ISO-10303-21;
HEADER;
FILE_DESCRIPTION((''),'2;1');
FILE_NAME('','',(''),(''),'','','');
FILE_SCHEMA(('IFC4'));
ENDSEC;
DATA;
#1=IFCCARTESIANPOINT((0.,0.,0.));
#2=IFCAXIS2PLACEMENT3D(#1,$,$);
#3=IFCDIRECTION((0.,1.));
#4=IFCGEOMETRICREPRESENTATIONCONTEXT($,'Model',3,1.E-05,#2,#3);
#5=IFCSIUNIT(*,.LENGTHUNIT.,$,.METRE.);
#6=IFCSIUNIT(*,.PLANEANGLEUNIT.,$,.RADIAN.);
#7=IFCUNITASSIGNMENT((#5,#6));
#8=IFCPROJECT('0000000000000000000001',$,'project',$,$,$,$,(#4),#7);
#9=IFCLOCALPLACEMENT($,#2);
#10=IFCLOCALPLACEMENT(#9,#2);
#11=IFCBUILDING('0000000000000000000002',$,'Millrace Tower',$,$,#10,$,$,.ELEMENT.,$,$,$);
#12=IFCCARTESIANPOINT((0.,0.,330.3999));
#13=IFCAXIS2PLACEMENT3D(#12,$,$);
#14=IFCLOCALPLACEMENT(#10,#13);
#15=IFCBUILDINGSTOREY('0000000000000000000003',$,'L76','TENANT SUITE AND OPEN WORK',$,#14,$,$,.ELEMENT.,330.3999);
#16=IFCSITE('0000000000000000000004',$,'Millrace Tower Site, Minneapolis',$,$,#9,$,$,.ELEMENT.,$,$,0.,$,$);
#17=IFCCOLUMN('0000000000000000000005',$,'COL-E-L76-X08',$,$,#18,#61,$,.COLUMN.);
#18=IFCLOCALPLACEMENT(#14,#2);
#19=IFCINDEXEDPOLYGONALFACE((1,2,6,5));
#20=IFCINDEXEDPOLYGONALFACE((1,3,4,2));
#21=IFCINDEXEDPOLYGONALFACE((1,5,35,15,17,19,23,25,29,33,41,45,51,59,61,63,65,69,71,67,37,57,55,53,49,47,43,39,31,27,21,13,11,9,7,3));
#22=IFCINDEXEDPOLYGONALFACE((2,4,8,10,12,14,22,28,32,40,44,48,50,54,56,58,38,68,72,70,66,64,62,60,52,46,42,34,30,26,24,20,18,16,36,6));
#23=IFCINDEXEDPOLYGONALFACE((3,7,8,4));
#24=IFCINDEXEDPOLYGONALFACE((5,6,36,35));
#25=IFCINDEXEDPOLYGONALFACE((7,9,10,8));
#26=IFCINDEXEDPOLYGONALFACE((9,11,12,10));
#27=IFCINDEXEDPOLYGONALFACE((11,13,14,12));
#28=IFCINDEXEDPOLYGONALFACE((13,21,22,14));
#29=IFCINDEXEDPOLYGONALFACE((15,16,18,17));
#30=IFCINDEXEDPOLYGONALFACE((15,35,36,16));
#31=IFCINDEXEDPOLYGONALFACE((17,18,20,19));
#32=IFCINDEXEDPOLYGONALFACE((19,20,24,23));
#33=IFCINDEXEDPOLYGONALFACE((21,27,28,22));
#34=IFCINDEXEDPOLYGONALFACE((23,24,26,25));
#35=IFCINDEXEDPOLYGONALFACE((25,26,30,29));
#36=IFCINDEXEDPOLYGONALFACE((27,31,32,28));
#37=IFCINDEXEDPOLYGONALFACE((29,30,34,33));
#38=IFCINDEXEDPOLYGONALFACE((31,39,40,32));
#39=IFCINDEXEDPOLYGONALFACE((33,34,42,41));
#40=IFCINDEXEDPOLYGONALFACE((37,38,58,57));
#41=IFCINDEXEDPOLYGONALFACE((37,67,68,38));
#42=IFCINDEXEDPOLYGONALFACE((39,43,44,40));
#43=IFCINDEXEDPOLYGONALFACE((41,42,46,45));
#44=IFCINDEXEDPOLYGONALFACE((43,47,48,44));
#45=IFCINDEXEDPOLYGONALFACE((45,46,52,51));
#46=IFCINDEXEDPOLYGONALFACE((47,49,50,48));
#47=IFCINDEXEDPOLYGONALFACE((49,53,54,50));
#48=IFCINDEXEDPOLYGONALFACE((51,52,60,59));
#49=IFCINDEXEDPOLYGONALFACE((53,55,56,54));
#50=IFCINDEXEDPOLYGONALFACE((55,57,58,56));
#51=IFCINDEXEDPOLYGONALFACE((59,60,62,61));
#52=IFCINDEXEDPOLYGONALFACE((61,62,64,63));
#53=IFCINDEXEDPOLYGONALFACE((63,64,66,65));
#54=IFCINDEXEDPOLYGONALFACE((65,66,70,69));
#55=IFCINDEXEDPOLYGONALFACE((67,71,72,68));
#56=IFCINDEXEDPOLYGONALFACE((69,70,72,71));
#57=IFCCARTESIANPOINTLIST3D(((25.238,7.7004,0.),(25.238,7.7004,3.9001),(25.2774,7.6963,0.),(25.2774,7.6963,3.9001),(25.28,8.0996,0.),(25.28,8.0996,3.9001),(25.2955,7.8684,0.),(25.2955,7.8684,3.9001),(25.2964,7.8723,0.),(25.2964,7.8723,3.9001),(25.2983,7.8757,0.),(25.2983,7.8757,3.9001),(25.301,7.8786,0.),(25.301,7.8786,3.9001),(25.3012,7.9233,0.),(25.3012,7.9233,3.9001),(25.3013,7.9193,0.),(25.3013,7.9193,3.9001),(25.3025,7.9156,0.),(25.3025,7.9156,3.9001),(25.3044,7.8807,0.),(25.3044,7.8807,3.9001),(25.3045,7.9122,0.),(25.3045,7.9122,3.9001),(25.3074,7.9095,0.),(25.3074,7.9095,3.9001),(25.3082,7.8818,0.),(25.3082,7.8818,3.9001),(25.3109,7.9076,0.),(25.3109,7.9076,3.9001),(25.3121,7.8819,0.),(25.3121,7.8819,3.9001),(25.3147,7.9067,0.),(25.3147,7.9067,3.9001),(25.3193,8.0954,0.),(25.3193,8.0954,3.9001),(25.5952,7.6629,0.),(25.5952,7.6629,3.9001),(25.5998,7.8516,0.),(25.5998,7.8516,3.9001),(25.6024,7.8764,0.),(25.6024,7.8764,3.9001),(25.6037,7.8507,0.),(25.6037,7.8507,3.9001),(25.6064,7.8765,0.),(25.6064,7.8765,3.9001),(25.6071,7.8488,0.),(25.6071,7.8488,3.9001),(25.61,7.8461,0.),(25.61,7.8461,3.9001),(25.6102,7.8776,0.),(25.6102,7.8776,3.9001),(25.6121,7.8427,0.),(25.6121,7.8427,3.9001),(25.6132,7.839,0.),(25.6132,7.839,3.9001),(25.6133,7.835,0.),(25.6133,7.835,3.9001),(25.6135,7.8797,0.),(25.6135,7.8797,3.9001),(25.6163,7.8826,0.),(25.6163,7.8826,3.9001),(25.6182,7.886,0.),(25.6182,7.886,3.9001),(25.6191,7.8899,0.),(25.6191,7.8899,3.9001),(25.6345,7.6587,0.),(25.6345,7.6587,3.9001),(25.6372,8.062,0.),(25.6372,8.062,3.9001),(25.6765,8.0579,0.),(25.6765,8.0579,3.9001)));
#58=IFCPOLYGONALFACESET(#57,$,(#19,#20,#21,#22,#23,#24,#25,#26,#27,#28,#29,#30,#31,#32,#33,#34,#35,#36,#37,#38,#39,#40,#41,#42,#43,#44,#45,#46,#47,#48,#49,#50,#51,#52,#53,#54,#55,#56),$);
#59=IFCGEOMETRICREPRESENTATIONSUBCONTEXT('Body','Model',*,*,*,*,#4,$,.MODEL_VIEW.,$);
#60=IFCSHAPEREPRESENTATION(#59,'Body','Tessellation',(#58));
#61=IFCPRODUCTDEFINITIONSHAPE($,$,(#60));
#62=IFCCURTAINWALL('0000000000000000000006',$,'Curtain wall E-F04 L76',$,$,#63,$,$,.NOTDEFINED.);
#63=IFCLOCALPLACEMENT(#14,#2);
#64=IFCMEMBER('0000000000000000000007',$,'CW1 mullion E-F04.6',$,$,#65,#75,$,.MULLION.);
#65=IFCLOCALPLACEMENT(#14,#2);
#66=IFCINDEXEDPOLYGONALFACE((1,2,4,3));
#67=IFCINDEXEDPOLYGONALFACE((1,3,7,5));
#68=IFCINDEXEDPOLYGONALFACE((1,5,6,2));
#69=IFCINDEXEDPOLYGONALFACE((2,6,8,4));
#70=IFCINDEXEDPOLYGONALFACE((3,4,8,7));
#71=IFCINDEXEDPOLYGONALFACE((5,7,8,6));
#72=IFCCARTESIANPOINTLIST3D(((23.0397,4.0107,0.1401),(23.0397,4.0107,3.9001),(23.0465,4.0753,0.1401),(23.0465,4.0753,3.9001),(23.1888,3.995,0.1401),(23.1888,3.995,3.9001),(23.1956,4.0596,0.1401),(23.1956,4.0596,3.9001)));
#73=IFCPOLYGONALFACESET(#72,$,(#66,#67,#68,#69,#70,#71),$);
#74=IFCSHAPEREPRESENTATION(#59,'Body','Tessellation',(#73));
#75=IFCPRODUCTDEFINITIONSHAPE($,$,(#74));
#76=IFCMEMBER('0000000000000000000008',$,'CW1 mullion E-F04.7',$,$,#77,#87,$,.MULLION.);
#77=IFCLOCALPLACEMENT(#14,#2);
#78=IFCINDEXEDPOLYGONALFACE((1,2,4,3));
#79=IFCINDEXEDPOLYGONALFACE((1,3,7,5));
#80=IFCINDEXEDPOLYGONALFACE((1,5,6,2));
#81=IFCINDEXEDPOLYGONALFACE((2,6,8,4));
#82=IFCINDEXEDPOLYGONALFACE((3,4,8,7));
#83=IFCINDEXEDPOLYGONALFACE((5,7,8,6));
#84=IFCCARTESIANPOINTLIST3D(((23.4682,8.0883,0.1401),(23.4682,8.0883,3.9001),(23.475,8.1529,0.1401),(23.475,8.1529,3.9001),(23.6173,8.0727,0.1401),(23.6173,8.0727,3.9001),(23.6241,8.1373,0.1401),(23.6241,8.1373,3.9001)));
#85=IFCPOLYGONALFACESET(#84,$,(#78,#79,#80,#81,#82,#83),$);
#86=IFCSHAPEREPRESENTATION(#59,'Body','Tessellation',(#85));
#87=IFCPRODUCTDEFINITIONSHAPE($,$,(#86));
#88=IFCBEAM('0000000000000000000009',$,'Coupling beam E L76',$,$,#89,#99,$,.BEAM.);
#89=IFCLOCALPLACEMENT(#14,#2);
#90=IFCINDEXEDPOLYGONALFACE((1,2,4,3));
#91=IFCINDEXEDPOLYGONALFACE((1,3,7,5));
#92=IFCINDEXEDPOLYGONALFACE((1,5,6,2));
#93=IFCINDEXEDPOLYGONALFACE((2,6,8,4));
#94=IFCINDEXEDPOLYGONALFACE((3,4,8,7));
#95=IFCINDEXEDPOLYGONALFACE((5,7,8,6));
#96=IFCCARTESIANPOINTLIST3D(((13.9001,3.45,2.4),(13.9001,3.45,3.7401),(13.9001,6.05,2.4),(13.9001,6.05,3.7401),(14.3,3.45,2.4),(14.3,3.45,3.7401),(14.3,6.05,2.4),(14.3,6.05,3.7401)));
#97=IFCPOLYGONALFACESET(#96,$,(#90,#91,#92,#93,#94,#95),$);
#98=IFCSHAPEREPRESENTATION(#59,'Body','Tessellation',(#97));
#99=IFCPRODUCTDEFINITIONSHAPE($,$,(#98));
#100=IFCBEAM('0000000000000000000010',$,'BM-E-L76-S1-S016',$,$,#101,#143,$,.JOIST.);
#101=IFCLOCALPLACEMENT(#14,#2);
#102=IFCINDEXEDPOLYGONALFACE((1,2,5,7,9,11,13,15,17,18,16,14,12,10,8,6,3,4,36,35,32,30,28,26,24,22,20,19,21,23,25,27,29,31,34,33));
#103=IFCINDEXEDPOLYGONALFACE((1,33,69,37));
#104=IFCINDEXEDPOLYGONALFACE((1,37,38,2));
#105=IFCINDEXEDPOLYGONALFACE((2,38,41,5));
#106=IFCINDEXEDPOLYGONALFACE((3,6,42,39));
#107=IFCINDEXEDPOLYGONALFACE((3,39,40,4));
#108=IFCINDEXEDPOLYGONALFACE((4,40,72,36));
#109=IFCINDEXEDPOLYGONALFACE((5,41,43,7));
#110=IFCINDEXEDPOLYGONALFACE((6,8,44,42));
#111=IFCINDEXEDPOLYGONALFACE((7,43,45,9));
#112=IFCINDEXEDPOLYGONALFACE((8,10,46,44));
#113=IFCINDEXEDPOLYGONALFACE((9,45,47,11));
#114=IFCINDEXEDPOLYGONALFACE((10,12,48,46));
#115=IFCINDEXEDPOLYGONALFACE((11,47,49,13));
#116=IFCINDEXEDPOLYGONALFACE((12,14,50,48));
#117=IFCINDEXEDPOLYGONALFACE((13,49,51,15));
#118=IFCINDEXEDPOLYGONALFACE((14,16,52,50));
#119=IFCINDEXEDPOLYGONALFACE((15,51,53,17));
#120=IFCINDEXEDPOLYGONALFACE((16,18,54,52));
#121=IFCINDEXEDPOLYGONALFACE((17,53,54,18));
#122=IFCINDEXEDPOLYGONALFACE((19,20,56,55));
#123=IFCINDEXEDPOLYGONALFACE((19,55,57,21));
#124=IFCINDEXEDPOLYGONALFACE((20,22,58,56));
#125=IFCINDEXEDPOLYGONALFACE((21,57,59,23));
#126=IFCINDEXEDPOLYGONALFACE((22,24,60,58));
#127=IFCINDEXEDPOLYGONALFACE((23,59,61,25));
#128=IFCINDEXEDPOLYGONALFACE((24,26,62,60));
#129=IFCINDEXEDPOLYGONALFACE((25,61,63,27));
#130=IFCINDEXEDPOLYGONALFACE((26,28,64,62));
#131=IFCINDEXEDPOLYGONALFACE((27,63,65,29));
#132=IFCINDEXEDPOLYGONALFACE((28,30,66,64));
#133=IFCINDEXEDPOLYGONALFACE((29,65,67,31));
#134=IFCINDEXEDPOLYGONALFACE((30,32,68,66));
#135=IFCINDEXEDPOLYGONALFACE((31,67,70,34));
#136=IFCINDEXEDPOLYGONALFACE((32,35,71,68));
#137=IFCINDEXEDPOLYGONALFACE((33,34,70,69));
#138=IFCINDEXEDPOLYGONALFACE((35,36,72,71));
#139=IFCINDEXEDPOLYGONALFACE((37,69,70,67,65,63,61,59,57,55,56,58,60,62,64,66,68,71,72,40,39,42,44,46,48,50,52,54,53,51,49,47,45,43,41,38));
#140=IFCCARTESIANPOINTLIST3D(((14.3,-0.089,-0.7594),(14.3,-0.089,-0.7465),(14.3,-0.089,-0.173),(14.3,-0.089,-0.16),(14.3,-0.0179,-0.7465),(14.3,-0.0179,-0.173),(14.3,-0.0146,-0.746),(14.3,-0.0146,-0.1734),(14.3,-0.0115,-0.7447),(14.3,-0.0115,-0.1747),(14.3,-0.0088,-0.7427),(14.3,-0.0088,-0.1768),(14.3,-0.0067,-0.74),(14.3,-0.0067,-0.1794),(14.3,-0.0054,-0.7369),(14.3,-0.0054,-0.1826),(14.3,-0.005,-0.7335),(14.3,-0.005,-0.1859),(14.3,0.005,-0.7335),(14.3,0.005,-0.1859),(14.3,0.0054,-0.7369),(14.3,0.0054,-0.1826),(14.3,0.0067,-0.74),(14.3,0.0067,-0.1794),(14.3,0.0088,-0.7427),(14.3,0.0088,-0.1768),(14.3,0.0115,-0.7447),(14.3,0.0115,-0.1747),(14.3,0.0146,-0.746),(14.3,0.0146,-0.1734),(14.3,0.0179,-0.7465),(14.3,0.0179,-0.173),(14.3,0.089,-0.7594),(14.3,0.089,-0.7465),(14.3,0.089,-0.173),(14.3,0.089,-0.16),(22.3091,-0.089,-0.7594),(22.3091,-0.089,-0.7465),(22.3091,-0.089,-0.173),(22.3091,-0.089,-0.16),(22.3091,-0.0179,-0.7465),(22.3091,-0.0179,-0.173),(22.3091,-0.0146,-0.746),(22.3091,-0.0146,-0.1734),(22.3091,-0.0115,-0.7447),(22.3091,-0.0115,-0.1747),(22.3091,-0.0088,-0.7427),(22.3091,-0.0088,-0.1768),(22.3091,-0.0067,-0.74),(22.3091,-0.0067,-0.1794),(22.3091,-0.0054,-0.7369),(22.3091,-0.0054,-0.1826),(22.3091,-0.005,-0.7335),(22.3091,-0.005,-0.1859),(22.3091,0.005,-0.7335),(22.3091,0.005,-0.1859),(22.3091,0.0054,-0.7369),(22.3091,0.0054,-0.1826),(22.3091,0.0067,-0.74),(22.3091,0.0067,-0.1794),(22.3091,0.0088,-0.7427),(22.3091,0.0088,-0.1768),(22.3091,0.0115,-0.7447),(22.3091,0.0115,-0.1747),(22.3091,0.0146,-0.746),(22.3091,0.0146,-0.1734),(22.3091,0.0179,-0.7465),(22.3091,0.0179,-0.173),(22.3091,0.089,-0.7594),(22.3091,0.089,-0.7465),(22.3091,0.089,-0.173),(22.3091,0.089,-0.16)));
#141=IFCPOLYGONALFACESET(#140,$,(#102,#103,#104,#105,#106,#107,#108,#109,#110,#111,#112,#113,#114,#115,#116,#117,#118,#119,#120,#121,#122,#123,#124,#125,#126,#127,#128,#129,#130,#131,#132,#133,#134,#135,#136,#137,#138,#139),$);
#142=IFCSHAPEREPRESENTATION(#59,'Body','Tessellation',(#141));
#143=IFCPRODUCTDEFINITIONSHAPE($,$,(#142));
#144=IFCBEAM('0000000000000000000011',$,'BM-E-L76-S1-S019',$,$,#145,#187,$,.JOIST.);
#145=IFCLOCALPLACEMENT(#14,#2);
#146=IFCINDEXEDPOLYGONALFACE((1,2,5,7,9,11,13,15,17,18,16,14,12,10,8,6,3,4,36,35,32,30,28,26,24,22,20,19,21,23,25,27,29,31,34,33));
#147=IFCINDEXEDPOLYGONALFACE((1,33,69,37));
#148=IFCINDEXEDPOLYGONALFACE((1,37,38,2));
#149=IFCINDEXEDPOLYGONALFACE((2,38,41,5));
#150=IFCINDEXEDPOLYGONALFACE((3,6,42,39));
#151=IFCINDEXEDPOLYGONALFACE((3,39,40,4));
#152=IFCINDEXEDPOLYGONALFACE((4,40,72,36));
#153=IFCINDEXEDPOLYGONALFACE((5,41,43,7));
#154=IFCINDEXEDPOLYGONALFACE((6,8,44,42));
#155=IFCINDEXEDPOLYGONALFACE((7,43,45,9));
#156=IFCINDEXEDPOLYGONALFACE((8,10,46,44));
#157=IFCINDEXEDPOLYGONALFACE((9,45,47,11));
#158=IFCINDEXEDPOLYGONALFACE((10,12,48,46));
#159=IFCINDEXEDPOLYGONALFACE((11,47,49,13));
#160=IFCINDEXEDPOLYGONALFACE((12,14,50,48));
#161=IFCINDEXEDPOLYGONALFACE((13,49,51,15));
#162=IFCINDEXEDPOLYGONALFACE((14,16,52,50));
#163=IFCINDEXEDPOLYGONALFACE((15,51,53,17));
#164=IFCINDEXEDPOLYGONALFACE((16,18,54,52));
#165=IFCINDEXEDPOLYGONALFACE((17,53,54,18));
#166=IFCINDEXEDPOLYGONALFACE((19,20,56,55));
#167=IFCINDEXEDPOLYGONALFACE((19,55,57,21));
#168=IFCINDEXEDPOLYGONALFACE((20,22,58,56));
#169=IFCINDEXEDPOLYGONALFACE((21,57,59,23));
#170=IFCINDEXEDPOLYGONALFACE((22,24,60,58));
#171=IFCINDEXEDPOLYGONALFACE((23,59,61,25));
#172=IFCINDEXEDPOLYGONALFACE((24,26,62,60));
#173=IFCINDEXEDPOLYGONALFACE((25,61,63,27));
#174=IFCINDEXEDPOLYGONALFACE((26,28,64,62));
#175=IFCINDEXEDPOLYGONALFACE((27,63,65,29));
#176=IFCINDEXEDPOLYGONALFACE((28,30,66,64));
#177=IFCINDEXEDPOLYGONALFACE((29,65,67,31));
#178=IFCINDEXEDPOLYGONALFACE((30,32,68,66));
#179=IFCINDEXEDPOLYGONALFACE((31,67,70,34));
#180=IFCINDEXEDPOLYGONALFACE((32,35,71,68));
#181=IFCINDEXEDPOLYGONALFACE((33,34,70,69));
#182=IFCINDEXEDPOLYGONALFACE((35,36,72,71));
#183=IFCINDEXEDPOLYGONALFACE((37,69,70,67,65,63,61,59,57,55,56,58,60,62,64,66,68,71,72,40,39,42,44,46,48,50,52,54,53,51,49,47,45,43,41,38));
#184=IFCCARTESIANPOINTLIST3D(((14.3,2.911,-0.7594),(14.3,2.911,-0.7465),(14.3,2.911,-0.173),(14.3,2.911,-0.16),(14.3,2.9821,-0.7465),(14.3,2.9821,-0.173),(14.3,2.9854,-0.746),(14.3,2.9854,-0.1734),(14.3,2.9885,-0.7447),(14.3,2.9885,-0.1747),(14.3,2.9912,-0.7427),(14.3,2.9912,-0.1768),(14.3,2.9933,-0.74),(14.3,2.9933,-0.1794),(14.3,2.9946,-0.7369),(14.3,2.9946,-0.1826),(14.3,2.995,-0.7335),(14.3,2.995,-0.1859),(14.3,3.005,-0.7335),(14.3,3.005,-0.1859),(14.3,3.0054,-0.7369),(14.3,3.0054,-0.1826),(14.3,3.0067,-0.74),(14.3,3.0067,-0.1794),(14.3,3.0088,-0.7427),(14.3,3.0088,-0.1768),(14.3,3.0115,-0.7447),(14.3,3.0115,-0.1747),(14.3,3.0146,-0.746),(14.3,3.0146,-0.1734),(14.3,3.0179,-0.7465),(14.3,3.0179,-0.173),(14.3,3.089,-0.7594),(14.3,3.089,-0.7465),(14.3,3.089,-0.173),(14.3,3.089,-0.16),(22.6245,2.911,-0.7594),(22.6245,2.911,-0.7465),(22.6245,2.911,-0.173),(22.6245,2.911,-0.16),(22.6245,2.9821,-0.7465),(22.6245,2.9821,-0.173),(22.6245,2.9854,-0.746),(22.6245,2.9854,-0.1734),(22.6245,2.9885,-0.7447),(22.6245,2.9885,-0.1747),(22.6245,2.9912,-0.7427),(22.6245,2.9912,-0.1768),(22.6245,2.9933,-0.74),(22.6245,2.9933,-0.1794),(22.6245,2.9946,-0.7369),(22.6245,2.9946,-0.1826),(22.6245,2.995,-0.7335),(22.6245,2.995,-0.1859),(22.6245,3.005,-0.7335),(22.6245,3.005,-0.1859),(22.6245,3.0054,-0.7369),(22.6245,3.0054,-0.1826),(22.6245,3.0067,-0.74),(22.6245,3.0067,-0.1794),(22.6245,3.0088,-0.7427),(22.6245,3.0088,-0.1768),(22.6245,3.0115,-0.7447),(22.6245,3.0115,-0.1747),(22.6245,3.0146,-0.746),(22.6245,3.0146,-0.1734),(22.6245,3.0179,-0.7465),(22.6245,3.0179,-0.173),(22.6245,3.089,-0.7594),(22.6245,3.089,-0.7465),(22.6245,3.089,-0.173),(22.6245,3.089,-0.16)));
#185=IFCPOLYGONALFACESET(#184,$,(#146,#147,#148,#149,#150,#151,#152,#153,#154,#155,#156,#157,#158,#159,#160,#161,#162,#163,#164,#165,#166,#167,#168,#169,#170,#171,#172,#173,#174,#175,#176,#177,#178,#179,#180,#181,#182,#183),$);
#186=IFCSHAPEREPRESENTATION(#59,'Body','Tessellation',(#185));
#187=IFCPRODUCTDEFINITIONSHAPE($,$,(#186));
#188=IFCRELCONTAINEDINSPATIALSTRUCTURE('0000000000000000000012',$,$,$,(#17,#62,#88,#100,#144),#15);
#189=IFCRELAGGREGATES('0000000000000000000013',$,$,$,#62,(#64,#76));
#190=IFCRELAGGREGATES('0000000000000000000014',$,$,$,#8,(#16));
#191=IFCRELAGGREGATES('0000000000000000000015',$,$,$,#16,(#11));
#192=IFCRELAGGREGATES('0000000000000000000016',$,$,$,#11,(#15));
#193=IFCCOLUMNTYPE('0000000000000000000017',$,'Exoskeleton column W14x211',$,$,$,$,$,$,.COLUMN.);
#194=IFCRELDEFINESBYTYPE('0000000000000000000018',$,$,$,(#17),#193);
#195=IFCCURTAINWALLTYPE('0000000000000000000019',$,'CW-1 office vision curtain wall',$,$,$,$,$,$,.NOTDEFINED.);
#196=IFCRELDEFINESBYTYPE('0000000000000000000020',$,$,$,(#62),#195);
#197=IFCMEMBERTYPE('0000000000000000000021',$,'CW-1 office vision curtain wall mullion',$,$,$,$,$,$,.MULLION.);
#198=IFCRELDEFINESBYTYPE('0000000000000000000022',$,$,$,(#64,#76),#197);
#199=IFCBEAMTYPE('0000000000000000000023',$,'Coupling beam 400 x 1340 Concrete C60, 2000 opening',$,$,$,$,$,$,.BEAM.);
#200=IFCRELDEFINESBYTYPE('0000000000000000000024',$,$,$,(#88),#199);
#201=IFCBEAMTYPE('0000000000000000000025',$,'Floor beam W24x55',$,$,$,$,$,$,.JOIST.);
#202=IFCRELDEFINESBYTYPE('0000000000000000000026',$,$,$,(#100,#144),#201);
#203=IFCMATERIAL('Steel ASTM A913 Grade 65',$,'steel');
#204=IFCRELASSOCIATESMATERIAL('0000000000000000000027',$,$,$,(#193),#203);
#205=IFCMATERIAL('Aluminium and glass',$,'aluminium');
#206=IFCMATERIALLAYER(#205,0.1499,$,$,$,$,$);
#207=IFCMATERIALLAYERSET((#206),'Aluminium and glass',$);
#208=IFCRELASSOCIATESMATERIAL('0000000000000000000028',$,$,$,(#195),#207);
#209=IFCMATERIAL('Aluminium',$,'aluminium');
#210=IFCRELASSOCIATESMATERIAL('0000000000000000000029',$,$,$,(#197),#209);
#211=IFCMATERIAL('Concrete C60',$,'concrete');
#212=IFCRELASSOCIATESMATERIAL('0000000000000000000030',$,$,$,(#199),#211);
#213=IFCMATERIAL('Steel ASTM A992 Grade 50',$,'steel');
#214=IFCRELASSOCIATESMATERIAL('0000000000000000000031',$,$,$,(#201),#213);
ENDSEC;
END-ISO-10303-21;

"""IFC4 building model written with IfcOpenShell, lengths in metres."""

from ifc_helpers import new_model, si_unit, direction, frame, origin, origin_2d, place, context, subcontext, project, spatial, rectangle, i_section, extrude, material, layer, layer_set, material_profile, profile_set, type_object, element, aggregate, save


model = new_model("IFC4")

# Units and contexts
model_context = context("Model", 3, precision=1e-05, world=origin(), true_north=direction((0.0, 1.0)))
body_context = subcontext(model_context, "Body", "Model", "MODEL_VIEW")
ifc_project = project(units=[si_unit("LENGTHUNIT", "METRE"), si_unit("PLANEANGLEUNIT", "RADIAN")], contexts=[model_context])

# Site, building, storey
site_placement = place(None, origin())
site = spatial("IfcSite", under=ifc_project, at=site_placement, Name="Millrace Tower Site, Minneapolis", CompositionType="ELEMENT", RefElevation=0.0)
building_placement = place(site_placement, origin())
building = spatial("IfcBuilding", under=site, at=building_placement, Name="Millrace Tower", CompositionType="ELEMENT")
storey_placement = place(building_placement, frame((0.0, 0.0, 330.3999)))
storey = spatial("IfcBuildingStorey", under=building, at=storey_placement, Name="L76", Description="TENANT SUITE AND OPEN WORK", CompositionType="ELEMENT", Elevation=330.3999)

# Column
ifc_material_1 = material(Name="Steel ASTM A913 Grade 65", Category="steel")
ifc_material_profile_1 = material_profile(ifc_material_1, i_section(OverallWidth=0.4014, OverallDepth=0.3987, WebThickness=0.0249, FlangeThickness=0.0396, FilletRadius=0.0151, at=origin_2d()))
ifc_profile_set_1 = profile_set([ifc_material_profile_1], Name="Steel ASTM A913 Grade 65")
column_type = type_object("IfcColumnType", Name="Exoskeleton column W14x211", PredefinedType="COLUMN", material=ifc_profile_set_1)
column_placement = place(storey_placement, frame((25.4573, 7.8792, 0.0), z_axis=(0.0, 0.0, 1.0), x_axis=(0.104528, 0.994522, 0.0)))
element("IfcColumn", 1, at=column_placement, inside=storey, type_object=column_type, Name="COL-E-L76-X08", PredefinedType="COLUMN", context=body_context, shape_type="SweptSolid", body=[
    extrude(i_section(OverallWidth=0.4014, OverallDepth=0.3987, WebThickness=0.0249, FlangeThickness=0.0396, FilletRadius=0.0151, at=origin_2d()), origin(), (0.0, 0.0, 1.0), 3.9001),
])

# Curtain wall, members
ifc_material_2 = material(Name="Aluminium and glass", Category="aluminium")
ifc_layer_1 = layer(ifc_material_2, 0.1499)
ifc_layer_set_1 = layer_set([ifc_layer_1], Name="Aluminium and glass")
curtain_wall_type = type_object("IfcCurtainWallType", Name="CW-1 office vision curtain wall", PredefinedType="NOTDEFINED", material=ifc_layer_set_1)
curtain_wall_placement = place(storey_placement, origin())
curtain_wall = element("IfcCurtainWall", 2, at=curtain_wall_placement, inside=storey, type_object=curtain_wall_type, Name="Curtain wall E-F04 L76", PredefinedType="NOTDEFINED")
ifc_material_3 = material(Name="Aluminium", Category="aluminium")
ifc_material_profile_2 = material_profile(ifc_material_3, rectangle(XDim=0.0649, YDim=0.1499, at=origin_2d()))
ifc_profile_set_2 = profile_set([ifc_material_profile_2], Name="Aluminium")
member_type = type_object("IfcMemberType", Name="CW-1 office vision curtain wall mullion", PredefinedType="MULLION", material=ifc_profile_set_2)
member_1_placement = place(storey_placement, frame((23.1177, 4.0352, 0.1401), z_axis=(0.0, 0.0, 1.0), x_axis=(0.104528, 0.994522, 0.0)))
member_1 = element("IfcMember", 3, at=member_1_placement, type_object=member_type, Name="CW1 mullion E-F04.6", PredefinedType="MULLION", context=body_context, shape_type="SweptSolid", body=[
    extrude(rectangle(XDim=0.0649, YDim=0.1499, at=origin_2d()), origin(), (0.0, 0.0, 1.0), 3.76),
])
member_2_placement = place(storey_placement, frame((23.5461, 8.1128, 0.1401), z_axis=(0.0, 0.0, 1.0), x_axis=(0.104528, 0.994522, 0.0)))
member_2 = element("IfcMember", 4, at=member_2_placement, type_object=member_type, Name="CW1 mullion E-F04.7", PredefinedType="MULLION", context=body_context, shape_type="SweptSolid", body=[
    extrude(rectangle(XDim=0.0649, YDim=0.1499, at=origin_2d()), origin(), (0.0, 0.0, 1.0), 3.76),
])
aggregate(curtain_wall, [member_1, member_2])

# Beams
ifc_material_4 = material(Name="Concrete C60", Category="concrete")
ifc_material_profile_3 = material_profile(ifc_material_4, rectangle(XDim=0.3999, YDim=1.3401, at=origin_2d()))
ifc_profile_set_3 = profile_set([ifc_material_profile_3], Name="Concrete C60")
beam_type_1 = type_object("IfcBeamType", Name="Coupling beam 400 x 1340 Concrete C60, 2000 opening", PredefinedType="BEAM", material=ifc_profile_set_3)
beam_1_placement = place(storey_placement, frame((14.1001, 6.05, 3.0701), z_axis=(0.0, -1.0, 0.0), x_axis=(1.0, 0.0, 0.0)))
element("IfcBeam", 5, at=beam_1_placement, inside=storey, type_object=beam_type_1, Name="Coupling beam E L76", PredefinedType="BEAM", context=body_context, shape_type="SweptSolid", body=[
    extrude(rectangle(XDim=0.3999, YDim=1.3401, at=origin_2d()), origin(), (0.0, 0.0, 1.0), 2.6001),
])
ifc_material_5 = material(Name="Steel ASTM A992 Grade 50", Category="steel")
ifc_material_profile_4 = material_profile(ifc_material_5, i_section(OverallWidth=0.178, OverallDepth=0.5994, WebThickness=0.01, FlangeThickness=0.0129, FilletRadius=0.0129, at=origin_2d()))
ifc_profile_set_4 = profile_set([ifc_material_profile_4], Name="Steel ASTM A992 Grade 50")
beam_type_2 = type_object("IfcBeamType", Name="Floor beam W24x55", PredefinedType="JOIST", material=ifc_profile_set_4)
beam_2_placement = place(storey_placement, frame((14.3, 0.0, -0.4597), z_axis=(1.0, 0.0, 0.0), x_axis=(0.0, 1.0, 0.0)))
element("IfcBeam", 6, at=beam_2_placement, inside=storey, type_object=beam_type_2, Name="BM-E-L76-S1-S016", PredefinedType="JOIST", context=body_context, shape_type="SweptSolid", body=[
    extrude(i_section(OverallWidth=0.178, OverallDepth=0.5994, WebThickness=0.01, FlangeThickness=0.0129, FilletRadius=0.0129, at=origin_2d()), origin(), (0.0, 0.0, 1.0), 8.009),
])
beam_3_placement = place(storey_placement, frame((14.3, 3.0, -0.4597), z_axis=(1.0, 0.0, 0.0), x_axis=(0.0, 1.0, 0.0)))
element("IfcBeam", 7, at=beam_3_placement, inside=storey, type_object=beam_type_2, Name="BM-E-L76-S1-S019", PredefinedType="JOIST", context=body_context, shape_type="SweptSolid", body=[
    extrude(i_section(OverallWidth=0.178, OverallDepth=0.5994, WebThickness=0.01, FlangeThickness=0.0129, FilletRadius=0.0129, at=origin_2d()), origin(), (0.0, 0.0, 1.0), 8.3245),
])

save(model, "model.ifc")
